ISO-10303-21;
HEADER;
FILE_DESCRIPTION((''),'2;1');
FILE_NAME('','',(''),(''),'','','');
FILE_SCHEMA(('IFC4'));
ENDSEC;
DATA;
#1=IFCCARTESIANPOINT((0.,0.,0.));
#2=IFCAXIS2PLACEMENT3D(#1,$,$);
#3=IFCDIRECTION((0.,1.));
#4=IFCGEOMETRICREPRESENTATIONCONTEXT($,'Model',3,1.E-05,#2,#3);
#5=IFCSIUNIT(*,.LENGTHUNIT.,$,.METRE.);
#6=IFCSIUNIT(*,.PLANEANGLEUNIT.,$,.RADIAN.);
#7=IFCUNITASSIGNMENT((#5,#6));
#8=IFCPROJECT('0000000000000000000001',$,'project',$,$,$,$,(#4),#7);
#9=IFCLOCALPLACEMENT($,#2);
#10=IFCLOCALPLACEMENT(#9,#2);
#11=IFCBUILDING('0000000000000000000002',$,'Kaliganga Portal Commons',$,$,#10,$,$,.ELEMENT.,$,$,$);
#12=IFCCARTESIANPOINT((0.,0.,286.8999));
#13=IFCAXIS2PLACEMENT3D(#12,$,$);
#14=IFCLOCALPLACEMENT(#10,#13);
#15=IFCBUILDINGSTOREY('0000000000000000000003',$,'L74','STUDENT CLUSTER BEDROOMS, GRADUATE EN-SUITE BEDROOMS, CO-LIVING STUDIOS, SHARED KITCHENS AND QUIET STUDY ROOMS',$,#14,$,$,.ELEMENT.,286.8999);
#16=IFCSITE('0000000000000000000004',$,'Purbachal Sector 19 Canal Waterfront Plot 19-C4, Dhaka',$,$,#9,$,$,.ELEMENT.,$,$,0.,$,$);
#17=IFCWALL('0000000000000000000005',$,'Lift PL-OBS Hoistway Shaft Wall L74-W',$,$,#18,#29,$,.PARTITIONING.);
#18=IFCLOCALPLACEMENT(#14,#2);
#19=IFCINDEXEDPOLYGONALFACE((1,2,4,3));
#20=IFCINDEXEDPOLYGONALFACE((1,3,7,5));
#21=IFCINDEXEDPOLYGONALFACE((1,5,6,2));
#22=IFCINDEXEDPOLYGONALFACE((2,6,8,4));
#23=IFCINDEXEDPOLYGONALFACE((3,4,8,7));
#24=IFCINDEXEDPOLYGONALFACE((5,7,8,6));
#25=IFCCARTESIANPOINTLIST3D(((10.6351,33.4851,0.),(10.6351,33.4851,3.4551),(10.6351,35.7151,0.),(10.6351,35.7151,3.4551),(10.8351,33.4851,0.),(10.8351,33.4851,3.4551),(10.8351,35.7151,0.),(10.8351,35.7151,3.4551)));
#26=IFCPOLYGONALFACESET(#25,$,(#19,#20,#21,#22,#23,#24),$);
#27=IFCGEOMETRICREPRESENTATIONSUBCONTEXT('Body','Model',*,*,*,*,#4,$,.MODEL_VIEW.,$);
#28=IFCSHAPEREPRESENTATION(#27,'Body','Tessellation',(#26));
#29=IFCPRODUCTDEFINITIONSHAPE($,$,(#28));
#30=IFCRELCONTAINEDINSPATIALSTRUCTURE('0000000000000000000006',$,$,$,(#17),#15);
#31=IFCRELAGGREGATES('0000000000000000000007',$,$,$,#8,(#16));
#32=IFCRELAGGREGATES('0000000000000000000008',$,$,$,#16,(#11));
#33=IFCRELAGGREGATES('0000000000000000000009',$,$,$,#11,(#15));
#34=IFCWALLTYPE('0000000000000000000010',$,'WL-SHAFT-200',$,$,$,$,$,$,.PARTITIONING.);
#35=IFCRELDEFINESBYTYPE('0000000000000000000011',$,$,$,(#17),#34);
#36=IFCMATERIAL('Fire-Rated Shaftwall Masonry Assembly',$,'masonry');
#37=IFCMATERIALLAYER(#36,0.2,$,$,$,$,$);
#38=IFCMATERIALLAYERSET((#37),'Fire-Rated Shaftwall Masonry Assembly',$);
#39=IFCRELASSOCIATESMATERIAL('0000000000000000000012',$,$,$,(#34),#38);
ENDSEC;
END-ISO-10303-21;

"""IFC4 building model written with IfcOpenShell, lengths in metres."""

from ifc_helpers import new_model, si_unit, direction, frame, frame_2d, origin, place, context, subcontext, project, spatial, rectangle, extrude, material, layer, layer_set, type_object, element, save


model = new_model("IFC4")

# Units and contexts
model_context = context("Model", 3, precision=1e-05, world=origin(), true_north=direction((0.0, 1.0)))
body_context = subcontext(model_context, "Body", "Model", "MODEL_VIEW")
ifc_project = project(units=[si_unit("LENGTHUNIT", "METRE"), si_unit("PLANEANGLEUNIT", "RADIAN")], contexts=[model_context])

# Site, building, storey
site_placement = place(None, origin())
site = spatial("IfcSite", under=ifc_project, at=site_placement, Name="Purbachal Sector 19 Canal Waterfront Plot 19-C4, Dhaka", CompositionType="ELEMENT", RefElevation=0.0)
building_placement = place(site_placement, origin())
building = spatial("IfcBuilding", under=site, at=building_placement, Name="Kaliganga Portal Commons", CompositionType="ELEMENT")
storey_placement = place(building_placement, frame((0.0, 0.0, 286.8999)))
storey = spatial("IfcBuildingStorey", under=building, at=storey_placement, Name="L74", Description="STUDENT CLUSTER BEDROOMS, GRADUATE EN-SUITE BEDROOMS, CO-LIVING STUDIOS, SHARED KITCHENS AND QUIET STUDY ROOMS", CompositionType="ELEMENT", Elevation=286.8999)

# Shared definitions
ifc_material_1 = material(Name="Fire-Rated Shaftwall Masonry Assembly", Category="masonry")
ifc_layer_1 = layer(ifc_material_1, 0.2)
ifc_layer_set_1 = layer_set([ifc_layer_1], Name="Fire-Rated Shaftwall Masonry Assembly")
wall_type_1 = type_object("IfcWallType", Name="WL-SHAFT-200", PredefinedType="PARTITIONING", material=ifc_layer_set_1)

# Wall
wall_1_placement = place(storey_placement, frame((10.7351, 33.4851, 0.0), z_axis=(0.0, 0.0, 1.0), x_axis=(0.0, 1.0, 0.0)))
element("IfcWall", 1, at=wall_1_placement, inside=storey, type_object=wall_type_1, Name="Lift PL-OBS Hoistway Shaft Wall L74-W", PredefinedType="PARTITIONING", context=body_context, shape_type="SweptSolid", body=[
    extrude(rectangle(XDim=2.23, YDim=0.2, at=frame_2d((1.115, 0.0))), origin(), (0.0, 0.0, 1.0), 3.4551),
])

save(model, "model.ifc")
